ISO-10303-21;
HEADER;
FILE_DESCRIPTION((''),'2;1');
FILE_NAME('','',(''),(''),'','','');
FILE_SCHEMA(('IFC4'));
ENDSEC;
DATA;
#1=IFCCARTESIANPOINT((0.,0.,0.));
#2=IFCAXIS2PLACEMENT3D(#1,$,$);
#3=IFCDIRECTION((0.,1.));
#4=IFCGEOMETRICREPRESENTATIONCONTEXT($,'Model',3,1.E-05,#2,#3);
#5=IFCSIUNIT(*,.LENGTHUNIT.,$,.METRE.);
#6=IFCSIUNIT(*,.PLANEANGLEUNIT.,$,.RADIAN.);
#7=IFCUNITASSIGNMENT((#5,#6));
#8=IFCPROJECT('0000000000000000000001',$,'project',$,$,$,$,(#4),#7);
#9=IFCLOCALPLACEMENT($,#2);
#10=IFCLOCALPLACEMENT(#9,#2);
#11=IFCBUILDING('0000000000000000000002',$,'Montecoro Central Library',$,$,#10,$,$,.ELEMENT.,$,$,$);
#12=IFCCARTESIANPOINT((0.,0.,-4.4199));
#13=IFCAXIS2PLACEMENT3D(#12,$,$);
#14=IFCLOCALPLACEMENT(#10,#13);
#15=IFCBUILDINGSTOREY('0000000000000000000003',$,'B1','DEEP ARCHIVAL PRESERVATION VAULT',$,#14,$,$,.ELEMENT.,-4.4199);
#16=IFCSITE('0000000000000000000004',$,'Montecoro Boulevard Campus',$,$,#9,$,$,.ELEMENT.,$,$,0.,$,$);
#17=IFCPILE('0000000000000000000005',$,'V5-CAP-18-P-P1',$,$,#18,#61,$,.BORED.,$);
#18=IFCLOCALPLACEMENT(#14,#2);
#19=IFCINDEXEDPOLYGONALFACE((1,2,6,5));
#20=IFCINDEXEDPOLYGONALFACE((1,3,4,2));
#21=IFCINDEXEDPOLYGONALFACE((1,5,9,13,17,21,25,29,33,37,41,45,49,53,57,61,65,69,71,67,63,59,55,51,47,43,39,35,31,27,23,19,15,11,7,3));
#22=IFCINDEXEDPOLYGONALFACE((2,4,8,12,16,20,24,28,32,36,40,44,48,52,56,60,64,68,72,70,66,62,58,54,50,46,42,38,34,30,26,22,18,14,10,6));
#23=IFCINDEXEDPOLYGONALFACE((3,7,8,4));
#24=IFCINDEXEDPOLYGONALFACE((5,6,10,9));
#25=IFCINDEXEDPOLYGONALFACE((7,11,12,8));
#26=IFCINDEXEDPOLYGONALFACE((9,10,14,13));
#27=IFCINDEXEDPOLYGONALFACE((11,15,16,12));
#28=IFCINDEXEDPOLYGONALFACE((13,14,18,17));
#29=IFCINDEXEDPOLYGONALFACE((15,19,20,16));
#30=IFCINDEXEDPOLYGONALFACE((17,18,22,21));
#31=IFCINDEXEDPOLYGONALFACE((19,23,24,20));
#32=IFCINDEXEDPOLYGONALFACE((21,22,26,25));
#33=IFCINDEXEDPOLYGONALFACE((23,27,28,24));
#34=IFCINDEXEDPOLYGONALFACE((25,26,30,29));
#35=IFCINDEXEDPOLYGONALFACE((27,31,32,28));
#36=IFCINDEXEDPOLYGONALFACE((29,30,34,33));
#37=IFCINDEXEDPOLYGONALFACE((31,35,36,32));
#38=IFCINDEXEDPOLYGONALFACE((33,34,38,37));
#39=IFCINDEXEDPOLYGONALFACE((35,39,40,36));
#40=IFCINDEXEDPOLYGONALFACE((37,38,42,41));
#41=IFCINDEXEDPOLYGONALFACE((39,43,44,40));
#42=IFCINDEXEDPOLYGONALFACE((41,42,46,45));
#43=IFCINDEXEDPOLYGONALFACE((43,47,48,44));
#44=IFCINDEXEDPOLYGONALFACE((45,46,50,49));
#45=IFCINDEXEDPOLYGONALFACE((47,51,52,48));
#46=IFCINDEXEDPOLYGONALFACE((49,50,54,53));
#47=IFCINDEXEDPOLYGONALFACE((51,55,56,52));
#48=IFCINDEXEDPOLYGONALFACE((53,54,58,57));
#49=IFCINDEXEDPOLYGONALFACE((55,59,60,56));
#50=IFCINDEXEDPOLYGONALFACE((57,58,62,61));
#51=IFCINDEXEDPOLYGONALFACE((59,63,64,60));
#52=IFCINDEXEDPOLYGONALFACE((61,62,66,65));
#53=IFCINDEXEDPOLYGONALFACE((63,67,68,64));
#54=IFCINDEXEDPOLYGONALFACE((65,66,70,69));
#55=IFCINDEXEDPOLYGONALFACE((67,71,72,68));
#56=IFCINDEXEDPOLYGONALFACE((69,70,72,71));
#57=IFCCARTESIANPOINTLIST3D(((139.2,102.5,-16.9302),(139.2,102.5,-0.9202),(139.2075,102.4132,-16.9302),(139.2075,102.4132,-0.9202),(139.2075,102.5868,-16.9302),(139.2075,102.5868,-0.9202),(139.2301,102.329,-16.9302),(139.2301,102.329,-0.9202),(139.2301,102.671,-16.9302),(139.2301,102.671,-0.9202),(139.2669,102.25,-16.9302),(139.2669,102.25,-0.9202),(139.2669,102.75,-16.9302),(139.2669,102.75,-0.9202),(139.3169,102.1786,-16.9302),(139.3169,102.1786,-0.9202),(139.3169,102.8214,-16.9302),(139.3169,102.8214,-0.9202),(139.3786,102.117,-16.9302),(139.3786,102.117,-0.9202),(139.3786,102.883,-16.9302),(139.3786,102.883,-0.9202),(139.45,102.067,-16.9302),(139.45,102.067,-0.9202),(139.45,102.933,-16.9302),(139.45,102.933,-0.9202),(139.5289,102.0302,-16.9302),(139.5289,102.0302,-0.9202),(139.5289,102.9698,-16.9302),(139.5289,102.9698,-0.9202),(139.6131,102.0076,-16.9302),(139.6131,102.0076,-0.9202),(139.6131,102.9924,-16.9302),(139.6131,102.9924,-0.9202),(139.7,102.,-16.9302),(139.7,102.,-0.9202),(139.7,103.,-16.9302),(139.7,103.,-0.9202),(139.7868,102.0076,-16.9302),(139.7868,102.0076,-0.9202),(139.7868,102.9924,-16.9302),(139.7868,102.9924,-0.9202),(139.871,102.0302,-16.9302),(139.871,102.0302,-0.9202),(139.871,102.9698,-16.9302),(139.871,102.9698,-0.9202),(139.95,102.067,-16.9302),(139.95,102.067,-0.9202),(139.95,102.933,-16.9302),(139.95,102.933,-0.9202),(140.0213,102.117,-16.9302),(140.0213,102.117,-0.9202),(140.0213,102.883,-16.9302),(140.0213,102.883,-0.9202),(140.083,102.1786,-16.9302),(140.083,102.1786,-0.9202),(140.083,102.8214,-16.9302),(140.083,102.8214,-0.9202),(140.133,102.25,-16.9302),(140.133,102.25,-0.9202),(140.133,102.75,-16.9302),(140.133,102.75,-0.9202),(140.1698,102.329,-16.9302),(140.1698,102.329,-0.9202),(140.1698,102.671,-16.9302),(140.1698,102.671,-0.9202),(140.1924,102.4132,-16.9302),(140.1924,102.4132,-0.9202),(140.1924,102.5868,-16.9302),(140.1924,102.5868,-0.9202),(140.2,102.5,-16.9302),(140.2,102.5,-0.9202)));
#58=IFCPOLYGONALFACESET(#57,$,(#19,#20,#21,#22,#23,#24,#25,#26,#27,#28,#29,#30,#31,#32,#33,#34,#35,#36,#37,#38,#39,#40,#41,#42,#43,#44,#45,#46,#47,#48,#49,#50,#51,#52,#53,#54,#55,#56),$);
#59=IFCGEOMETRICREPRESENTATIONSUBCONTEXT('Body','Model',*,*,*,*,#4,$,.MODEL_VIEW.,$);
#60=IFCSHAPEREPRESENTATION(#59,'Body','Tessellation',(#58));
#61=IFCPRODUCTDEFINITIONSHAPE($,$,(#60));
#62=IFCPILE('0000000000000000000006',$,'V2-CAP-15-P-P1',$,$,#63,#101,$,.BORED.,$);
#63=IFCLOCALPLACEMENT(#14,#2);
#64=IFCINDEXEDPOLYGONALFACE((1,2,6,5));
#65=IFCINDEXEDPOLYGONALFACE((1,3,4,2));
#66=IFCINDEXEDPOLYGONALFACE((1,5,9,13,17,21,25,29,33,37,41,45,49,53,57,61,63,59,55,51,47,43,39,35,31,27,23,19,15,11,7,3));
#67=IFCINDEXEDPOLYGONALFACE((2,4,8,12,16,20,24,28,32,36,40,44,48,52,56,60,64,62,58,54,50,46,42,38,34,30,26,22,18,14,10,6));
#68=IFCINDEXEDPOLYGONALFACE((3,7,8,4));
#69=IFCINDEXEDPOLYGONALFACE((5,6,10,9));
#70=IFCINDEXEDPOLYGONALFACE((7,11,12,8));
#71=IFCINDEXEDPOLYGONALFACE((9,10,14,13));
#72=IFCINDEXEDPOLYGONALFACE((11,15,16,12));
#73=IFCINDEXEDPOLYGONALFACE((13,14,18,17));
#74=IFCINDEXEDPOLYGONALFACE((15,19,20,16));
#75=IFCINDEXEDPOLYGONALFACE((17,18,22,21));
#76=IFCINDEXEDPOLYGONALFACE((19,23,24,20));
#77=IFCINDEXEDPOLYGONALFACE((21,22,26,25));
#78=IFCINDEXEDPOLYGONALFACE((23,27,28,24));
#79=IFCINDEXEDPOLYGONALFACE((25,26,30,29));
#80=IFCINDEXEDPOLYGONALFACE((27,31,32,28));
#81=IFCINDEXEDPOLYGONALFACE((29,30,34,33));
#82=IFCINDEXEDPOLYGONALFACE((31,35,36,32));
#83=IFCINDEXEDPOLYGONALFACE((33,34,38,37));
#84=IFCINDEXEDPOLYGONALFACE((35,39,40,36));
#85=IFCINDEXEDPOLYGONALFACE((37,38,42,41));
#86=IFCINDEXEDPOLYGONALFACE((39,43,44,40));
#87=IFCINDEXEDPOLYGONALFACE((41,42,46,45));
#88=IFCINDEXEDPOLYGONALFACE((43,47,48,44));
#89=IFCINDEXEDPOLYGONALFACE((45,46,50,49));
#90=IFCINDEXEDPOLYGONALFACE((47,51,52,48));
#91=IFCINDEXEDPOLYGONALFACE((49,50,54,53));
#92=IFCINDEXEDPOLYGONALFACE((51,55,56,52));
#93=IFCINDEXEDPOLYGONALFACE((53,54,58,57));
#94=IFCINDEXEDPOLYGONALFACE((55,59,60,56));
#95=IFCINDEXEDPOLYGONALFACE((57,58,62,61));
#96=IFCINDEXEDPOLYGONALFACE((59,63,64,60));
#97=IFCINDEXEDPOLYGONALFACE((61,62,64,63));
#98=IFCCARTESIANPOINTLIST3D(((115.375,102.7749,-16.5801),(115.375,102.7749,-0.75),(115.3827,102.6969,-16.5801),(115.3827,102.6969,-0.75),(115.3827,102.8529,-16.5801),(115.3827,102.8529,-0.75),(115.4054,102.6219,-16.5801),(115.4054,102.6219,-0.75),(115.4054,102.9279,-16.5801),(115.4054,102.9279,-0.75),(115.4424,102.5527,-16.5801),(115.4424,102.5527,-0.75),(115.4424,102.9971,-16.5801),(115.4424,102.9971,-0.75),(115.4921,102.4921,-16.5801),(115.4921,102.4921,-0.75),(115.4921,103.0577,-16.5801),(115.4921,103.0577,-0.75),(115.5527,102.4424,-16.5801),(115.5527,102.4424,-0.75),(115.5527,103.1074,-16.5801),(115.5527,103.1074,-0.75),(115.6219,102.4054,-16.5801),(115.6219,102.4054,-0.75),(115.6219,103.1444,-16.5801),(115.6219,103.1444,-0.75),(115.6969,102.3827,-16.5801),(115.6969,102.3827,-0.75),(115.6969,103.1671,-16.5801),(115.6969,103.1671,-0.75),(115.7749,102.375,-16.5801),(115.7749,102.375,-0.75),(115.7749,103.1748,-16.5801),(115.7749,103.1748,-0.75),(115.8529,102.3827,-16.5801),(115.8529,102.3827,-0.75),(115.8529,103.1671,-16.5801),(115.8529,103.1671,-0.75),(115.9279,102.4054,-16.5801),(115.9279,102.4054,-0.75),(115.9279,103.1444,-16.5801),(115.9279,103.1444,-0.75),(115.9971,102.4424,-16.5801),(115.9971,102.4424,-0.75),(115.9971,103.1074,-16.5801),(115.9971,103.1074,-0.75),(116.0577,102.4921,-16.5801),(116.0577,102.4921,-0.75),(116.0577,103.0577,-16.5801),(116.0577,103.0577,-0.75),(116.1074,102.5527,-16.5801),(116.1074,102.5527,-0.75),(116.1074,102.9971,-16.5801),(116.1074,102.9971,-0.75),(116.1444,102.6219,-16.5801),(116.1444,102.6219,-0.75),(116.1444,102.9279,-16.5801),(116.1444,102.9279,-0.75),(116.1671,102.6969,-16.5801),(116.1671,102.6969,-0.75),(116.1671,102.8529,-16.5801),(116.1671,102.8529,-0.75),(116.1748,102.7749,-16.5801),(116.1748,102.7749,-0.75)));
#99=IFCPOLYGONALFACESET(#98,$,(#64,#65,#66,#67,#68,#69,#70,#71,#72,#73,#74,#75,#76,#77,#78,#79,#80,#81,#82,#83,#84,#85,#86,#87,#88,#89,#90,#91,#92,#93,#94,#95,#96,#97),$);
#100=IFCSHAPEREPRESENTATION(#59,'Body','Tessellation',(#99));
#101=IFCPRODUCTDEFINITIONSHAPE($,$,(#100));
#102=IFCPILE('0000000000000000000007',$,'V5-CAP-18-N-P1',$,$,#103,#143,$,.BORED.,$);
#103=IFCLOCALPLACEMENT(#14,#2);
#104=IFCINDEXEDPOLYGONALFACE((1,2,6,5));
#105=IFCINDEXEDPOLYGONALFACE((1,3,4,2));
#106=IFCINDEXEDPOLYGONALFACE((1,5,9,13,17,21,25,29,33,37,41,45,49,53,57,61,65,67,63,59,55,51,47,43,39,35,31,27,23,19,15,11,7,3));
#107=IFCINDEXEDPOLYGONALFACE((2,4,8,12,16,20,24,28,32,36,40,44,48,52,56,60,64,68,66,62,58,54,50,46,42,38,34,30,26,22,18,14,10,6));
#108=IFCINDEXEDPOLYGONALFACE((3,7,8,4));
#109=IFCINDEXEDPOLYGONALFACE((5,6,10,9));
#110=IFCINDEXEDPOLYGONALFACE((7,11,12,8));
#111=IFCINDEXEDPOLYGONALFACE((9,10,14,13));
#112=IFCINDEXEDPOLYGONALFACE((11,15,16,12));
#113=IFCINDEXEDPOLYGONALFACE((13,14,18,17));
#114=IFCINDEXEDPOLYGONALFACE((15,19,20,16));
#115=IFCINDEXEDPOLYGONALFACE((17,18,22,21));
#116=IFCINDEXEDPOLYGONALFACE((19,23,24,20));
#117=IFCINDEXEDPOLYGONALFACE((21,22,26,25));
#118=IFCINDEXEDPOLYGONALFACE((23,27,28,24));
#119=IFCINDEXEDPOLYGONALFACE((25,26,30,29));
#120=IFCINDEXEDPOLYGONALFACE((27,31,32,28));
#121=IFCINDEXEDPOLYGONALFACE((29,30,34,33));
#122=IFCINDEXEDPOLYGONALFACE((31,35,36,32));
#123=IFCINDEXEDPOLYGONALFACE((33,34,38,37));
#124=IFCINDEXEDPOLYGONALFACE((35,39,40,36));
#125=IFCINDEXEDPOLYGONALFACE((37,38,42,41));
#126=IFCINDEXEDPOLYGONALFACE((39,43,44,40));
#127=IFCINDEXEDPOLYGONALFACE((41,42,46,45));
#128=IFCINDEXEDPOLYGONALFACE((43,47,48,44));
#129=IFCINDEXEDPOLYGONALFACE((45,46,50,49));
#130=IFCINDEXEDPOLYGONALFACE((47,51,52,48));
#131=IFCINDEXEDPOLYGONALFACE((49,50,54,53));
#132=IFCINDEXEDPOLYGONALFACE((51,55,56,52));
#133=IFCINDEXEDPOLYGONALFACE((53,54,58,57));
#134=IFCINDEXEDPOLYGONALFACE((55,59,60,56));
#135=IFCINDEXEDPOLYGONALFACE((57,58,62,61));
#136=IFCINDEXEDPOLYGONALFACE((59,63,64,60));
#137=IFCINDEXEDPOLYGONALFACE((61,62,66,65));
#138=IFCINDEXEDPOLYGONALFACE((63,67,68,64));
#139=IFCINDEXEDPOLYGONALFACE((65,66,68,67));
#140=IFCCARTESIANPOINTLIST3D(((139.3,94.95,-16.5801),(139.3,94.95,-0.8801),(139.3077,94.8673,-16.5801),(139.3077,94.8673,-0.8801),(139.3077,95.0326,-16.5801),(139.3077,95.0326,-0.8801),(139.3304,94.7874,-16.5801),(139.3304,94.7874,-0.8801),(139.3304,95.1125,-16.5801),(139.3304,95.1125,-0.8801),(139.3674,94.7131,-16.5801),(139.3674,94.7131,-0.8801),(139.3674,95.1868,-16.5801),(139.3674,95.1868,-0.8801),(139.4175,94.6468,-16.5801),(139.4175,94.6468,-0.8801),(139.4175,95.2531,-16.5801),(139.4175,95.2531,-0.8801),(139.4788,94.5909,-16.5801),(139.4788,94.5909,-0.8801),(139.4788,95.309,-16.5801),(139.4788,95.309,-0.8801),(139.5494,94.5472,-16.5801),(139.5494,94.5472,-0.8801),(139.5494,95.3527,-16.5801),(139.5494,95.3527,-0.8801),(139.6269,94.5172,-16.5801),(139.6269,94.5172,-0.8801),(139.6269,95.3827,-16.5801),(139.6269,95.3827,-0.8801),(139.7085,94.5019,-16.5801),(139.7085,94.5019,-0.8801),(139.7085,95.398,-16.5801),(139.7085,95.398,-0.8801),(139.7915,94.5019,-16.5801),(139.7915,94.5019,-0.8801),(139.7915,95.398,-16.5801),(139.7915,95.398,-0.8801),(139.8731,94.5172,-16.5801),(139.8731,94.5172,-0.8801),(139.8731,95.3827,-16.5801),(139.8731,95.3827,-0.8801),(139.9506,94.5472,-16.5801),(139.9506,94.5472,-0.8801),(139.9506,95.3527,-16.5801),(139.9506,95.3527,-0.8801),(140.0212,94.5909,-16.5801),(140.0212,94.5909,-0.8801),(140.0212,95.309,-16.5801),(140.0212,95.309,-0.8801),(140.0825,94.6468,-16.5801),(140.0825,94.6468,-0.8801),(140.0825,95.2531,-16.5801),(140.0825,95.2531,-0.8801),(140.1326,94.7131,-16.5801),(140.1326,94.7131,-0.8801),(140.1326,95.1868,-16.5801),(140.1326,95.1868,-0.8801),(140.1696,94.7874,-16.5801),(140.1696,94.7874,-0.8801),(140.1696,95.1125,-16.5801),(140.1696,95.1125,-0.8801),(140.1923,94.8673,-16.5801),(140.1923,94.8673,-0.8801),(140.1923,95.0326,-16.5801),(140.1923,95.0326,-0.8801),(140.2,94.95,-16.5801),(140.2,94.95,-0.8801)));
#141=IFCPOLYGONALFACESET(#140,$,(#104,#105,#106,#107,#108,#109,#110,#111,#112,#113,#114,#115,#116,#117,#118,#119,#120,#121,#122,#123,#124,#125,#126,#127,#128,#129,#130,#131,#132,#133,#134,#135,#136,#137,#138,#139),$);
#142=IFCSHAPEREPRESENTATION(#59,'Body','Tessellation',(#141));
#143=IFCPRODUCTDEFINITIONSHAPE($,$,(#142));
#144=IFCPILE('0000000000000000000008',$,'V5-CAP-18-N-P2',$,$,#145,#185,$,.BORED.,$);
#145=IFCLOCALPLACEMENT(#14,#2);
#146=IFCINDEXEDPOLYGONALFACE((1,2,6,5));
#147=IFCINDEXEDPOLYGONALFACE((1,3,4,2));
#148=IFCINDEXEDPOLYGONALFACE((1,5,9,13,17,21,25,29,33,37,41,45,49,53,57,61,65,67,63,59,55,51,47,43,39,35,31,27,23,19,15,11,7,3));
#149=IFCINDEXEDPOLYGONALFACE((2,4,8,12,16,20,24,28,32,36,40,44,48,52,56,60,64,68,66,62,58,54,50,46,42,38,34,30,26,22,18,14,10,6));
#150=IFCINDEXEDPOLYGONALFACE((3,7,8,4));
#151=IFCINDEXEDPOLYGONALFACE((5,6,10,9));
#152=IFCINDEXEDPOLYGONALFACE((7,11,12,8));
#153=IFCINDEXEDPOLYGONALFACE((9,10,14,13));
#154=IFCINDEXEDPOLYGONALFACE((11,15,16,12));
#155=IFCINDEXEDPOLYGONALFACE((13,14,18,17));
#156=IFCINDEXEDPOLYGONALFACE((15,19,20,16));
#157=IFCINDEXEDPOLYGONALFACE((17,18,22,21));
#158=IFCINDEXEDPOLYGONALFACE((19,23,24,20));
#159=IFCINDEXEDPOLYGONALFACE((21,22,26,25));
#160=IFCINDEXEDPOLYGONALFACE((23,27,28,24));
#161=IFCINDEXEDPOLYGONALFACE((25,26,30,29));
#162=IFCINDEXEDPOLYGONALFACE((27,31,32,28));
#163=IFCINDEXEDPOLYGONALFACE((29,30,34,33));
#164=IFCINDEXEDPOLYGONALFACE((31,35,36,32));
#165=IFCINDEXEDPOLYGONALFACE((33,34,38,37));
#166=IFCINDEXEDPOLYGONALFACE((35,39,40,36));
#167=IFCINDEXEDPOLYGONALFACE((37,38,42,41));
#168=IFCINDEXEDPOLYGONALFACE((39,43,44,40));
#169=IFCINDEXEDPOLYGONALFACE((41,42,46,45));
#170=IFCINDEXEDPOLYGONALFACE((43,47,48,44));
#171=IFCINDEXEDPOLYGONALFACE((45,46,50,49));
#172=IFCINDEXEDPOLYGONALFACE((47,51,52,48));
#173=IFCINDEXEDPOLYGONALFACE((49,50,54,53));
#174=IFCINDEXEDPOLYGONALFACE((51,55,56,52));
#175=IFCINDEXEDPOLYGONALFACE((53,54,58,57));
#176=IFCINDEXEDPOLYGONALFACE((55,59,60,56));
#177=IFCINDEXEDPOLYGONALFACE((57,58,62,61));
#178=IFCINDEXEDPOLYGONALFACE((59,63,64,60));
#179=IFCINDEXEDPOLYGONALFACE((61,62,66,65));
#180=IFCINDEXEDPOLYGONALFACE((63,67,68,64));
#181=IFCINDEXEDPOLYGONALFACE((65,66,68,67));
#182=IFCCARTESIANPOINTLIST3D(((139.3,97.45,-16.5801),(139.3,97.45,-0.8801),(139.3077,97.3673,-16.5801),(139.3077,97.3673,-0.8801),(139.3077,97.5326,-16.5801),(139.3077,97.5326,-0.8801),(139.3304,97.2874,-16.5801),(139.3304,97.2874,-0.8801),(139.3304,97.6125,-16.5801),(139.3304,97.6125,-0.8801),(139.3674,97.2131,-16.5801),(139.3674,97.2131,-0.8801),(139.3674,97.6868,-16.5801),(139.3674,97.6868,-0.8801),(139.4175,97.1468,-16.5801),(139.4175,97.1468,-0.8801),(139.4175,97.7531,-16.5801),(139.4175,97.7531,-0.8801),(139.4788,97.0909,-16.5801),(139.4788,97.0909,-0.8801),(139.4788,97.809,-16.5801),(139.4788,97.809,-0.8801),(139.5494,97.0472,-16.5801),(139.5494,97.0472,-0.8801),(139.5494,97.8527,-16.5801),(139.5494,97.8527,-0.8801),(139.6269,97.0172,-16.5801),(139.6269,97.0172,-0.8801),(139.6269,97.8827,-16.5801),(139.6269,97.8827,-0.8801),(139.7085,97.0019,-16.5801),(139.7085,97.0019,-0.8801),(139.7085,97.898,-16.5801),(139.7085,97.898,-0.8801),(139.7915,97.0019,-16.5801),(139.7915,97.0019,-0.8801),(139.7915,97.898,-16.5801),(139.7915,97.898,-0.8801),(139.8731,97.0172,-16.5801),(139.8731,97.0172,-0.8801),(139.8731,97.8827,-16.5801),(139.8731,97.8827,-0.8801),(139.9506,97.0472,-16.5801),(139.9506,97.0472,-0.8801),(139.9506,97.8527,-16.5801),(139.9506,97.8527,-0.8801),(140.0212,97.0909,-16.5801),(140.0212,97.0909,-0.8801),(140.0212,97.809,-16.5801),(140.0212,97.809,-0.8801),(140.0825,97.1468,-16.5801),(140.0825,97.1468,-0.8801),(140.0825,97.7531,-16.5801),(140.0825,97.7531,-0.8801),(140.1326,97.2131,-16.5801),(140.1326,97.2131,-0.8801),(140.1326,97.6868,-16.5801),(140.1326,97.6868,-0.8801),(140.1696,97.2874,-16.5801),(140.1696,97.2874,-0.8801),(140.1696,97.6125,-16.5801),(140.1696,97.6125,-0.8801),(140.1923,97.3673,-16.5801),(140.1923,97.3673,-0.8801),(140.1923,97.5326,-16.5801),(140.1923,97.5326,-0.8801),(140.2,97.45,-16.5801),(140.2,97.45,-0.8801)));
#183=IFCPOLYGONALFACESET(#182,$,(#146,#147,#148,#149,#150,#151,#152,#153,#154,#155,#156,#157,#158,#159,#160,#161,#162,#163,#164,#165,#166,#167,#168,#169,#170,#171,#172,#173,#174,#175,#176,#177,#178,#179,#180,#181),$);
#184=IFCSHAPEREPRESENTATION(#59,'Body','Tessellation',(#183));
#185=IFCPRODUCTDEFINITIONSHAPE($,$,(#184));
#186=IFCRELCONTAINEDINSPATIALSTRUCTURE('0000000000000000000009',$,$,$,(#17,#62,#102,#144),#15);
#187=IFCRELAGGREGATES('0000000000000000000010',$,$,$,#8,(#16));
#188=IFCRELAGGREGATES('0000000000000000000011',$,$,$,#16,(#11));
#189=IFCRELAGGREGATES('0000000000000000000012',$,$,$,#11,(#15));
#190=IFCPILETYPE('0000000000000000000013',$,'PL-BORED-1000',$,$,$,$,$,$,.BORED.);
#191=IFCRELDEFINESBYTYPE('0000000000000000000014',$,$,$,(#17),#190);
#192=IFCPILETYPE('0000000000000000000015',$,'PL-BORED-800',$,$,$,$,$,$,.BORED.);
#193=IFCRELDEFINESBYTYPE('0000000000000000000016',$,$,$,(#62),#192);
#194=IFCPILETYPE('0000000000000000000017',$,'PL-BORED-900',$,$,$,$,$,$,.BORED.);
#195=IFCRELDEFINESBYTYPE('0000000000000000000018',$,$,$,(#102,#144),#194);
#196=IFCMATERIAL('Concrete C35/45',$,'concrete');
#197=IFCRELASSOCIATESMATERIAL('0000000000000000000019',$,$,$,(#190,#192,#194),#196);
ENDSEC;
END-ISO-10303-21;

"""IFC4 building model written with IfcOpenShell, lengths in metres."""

from ifc_helpers import new_model, si_unit, direction, frame, origin, origin_2d, place, context, subcontext, project, spatial, circle, extrude, material, material_profile, profile_set, type_object, element, save


model = new_model("IFC4")

# Units and contexts
model_context = context("Model", 3, precision=1e-05, world=origin(), true_north=direction((0.0, 1.0)))
body_context = subcontext(model_context, "Body", "Model", "MODEL_VIEW")
ifc_project = project(units=[si_unit("LENGTHUNIT", "METRE"), si_unit("PLANEANGLEUNIT", "RADIAN")], contexts=[model_context])

# Site, building, storey
site_placement = place(None, origin())
site = spatial("IfcSite", under=ifc_project, at=site_placement, Name="Montecoro Boulevard Campus", CompositionType="ELEMENT", RefElevation=0.0)
building_placement = place(site_placement, origin())
building = spatial("IfcBuilding", under=site, at=building_placement, Name="Montecoro Central Library", CompositionType="ELEMENT")
storey_placement = place(building_placement, frame((0.0, 0.0, -4.4199)))
storey = spatial("IfcBuildingStorey", under=building, at=storey_placement, Name="B1", Description="DEEP ARCHIVAL PRESERVATION VAULT", CompositionType="ELEMENT", Elevation=-4.4199)

# Shared definitions
ifc_material_1 = material(Name="Concrete C35/45", Category="concrete")

# Piles
ifc_material_profile_1 = material_profile(ifc_material_1, circle(Radius=0.5, at=origin_2d()), Name="PILE D1000")
ifc_profile_set_1 = profile_set([ifc_material_profile_1], Name="Concrete C35/45")
pile_type_1 = type_object("IfcPileType", Name="PL-BORED-1000", PredefinedType="BORED", material=ifc_profile_set_1)
pile_1_placement = place(storey_placement, frame((139.7, 102.5, -0.9202), z_axis=(0.0, 0.0, -1.0), x_axis=(1.0, 0.0, 0.0)))
element("IfcPile", 1, at=pile_1_placement, inside=storey, type_object=pile_type_1, Name="V5-CAP-18-P-P1", PredefinedType="BORED", context=body_context, shape_type="SweptSolid", body=[
    extrude(circle(Radius=0.5, at=origin_2d()), origin(), (0.0, 0.0, 1.0), 16.01),
])
ifc_material_profile_2 = material_profile(ifc_material_1, circle(Radius=0.3999, at=origin_2d()), Name="PILE D800")
ifc_profile_set_2 = profile_set([ifc_material_profile_2], Name="Concrete C35/45")
pile_type_2 = type_object("IfcPileType", Name="PL-BORED-800", PredefinedType="BORED", material=ifc_profile_set_2)
pile_2_placement = place(storey_placement, frame((115.7749, 102.7749, -0.75), z_axis=(0.0, 0.0, -1.0), x_axis=(1.0, 0.0, 0.0)))
element("IfcPile", 2, at=pile_2_placement, inside=storey, type_object=pile_type_2, Name="V2-CAP-15-P-P1", PredefinedType="BORED", context=body_context, shape_type="SweptSolid", body=[
    extrude(circle(Radius=0.3999, at=origin_2d()), origin(), (0.0, 0.0, 1.0), 15.8301),
])
ifc_material_profile_3 = material_profile(ifc_material_1, circle(Radius=0.45, at=origin_2d()), Name="PILE D900")
ifc_profile_set_3 = profile_set([ifc_material_profile_3], Name="Concrete C35/45")
pile_type_3 = type_object("IfcPileType", Name="PL-BORED-900", PredefinedType="BORED", material=ifc_profile_set_3)
for number, where, z_axis, x_axis, name in (
    (3, (139.75, 94.95, -0.8801), (0.0, 0.0, -1.0), (1.0, 0.0, 0.0), "V5-CAP-18-N-P1"),
    (4, (139.75, 97.45, -0.8801), (0.0, 0.0, -1.0), (1.0, 0.0, 0.0), "V5-CAP-18-N-P2"),
):
    element("IfcPile", number, at=place(storey_placement, frame(where, z_axis=z_axis, x_axis=x_axis)), inside=storey, type_object=pile_type_3, Name=name, PredefinedType="BORED", context=body_context, shape_type="SweptSolid", body=[
        extrude(circle(Radius=0.45, at=origin_2d()), origin(), (0.0, 0.0, 1.0), 15.7),
    ])

save(model, "model.ifc")
